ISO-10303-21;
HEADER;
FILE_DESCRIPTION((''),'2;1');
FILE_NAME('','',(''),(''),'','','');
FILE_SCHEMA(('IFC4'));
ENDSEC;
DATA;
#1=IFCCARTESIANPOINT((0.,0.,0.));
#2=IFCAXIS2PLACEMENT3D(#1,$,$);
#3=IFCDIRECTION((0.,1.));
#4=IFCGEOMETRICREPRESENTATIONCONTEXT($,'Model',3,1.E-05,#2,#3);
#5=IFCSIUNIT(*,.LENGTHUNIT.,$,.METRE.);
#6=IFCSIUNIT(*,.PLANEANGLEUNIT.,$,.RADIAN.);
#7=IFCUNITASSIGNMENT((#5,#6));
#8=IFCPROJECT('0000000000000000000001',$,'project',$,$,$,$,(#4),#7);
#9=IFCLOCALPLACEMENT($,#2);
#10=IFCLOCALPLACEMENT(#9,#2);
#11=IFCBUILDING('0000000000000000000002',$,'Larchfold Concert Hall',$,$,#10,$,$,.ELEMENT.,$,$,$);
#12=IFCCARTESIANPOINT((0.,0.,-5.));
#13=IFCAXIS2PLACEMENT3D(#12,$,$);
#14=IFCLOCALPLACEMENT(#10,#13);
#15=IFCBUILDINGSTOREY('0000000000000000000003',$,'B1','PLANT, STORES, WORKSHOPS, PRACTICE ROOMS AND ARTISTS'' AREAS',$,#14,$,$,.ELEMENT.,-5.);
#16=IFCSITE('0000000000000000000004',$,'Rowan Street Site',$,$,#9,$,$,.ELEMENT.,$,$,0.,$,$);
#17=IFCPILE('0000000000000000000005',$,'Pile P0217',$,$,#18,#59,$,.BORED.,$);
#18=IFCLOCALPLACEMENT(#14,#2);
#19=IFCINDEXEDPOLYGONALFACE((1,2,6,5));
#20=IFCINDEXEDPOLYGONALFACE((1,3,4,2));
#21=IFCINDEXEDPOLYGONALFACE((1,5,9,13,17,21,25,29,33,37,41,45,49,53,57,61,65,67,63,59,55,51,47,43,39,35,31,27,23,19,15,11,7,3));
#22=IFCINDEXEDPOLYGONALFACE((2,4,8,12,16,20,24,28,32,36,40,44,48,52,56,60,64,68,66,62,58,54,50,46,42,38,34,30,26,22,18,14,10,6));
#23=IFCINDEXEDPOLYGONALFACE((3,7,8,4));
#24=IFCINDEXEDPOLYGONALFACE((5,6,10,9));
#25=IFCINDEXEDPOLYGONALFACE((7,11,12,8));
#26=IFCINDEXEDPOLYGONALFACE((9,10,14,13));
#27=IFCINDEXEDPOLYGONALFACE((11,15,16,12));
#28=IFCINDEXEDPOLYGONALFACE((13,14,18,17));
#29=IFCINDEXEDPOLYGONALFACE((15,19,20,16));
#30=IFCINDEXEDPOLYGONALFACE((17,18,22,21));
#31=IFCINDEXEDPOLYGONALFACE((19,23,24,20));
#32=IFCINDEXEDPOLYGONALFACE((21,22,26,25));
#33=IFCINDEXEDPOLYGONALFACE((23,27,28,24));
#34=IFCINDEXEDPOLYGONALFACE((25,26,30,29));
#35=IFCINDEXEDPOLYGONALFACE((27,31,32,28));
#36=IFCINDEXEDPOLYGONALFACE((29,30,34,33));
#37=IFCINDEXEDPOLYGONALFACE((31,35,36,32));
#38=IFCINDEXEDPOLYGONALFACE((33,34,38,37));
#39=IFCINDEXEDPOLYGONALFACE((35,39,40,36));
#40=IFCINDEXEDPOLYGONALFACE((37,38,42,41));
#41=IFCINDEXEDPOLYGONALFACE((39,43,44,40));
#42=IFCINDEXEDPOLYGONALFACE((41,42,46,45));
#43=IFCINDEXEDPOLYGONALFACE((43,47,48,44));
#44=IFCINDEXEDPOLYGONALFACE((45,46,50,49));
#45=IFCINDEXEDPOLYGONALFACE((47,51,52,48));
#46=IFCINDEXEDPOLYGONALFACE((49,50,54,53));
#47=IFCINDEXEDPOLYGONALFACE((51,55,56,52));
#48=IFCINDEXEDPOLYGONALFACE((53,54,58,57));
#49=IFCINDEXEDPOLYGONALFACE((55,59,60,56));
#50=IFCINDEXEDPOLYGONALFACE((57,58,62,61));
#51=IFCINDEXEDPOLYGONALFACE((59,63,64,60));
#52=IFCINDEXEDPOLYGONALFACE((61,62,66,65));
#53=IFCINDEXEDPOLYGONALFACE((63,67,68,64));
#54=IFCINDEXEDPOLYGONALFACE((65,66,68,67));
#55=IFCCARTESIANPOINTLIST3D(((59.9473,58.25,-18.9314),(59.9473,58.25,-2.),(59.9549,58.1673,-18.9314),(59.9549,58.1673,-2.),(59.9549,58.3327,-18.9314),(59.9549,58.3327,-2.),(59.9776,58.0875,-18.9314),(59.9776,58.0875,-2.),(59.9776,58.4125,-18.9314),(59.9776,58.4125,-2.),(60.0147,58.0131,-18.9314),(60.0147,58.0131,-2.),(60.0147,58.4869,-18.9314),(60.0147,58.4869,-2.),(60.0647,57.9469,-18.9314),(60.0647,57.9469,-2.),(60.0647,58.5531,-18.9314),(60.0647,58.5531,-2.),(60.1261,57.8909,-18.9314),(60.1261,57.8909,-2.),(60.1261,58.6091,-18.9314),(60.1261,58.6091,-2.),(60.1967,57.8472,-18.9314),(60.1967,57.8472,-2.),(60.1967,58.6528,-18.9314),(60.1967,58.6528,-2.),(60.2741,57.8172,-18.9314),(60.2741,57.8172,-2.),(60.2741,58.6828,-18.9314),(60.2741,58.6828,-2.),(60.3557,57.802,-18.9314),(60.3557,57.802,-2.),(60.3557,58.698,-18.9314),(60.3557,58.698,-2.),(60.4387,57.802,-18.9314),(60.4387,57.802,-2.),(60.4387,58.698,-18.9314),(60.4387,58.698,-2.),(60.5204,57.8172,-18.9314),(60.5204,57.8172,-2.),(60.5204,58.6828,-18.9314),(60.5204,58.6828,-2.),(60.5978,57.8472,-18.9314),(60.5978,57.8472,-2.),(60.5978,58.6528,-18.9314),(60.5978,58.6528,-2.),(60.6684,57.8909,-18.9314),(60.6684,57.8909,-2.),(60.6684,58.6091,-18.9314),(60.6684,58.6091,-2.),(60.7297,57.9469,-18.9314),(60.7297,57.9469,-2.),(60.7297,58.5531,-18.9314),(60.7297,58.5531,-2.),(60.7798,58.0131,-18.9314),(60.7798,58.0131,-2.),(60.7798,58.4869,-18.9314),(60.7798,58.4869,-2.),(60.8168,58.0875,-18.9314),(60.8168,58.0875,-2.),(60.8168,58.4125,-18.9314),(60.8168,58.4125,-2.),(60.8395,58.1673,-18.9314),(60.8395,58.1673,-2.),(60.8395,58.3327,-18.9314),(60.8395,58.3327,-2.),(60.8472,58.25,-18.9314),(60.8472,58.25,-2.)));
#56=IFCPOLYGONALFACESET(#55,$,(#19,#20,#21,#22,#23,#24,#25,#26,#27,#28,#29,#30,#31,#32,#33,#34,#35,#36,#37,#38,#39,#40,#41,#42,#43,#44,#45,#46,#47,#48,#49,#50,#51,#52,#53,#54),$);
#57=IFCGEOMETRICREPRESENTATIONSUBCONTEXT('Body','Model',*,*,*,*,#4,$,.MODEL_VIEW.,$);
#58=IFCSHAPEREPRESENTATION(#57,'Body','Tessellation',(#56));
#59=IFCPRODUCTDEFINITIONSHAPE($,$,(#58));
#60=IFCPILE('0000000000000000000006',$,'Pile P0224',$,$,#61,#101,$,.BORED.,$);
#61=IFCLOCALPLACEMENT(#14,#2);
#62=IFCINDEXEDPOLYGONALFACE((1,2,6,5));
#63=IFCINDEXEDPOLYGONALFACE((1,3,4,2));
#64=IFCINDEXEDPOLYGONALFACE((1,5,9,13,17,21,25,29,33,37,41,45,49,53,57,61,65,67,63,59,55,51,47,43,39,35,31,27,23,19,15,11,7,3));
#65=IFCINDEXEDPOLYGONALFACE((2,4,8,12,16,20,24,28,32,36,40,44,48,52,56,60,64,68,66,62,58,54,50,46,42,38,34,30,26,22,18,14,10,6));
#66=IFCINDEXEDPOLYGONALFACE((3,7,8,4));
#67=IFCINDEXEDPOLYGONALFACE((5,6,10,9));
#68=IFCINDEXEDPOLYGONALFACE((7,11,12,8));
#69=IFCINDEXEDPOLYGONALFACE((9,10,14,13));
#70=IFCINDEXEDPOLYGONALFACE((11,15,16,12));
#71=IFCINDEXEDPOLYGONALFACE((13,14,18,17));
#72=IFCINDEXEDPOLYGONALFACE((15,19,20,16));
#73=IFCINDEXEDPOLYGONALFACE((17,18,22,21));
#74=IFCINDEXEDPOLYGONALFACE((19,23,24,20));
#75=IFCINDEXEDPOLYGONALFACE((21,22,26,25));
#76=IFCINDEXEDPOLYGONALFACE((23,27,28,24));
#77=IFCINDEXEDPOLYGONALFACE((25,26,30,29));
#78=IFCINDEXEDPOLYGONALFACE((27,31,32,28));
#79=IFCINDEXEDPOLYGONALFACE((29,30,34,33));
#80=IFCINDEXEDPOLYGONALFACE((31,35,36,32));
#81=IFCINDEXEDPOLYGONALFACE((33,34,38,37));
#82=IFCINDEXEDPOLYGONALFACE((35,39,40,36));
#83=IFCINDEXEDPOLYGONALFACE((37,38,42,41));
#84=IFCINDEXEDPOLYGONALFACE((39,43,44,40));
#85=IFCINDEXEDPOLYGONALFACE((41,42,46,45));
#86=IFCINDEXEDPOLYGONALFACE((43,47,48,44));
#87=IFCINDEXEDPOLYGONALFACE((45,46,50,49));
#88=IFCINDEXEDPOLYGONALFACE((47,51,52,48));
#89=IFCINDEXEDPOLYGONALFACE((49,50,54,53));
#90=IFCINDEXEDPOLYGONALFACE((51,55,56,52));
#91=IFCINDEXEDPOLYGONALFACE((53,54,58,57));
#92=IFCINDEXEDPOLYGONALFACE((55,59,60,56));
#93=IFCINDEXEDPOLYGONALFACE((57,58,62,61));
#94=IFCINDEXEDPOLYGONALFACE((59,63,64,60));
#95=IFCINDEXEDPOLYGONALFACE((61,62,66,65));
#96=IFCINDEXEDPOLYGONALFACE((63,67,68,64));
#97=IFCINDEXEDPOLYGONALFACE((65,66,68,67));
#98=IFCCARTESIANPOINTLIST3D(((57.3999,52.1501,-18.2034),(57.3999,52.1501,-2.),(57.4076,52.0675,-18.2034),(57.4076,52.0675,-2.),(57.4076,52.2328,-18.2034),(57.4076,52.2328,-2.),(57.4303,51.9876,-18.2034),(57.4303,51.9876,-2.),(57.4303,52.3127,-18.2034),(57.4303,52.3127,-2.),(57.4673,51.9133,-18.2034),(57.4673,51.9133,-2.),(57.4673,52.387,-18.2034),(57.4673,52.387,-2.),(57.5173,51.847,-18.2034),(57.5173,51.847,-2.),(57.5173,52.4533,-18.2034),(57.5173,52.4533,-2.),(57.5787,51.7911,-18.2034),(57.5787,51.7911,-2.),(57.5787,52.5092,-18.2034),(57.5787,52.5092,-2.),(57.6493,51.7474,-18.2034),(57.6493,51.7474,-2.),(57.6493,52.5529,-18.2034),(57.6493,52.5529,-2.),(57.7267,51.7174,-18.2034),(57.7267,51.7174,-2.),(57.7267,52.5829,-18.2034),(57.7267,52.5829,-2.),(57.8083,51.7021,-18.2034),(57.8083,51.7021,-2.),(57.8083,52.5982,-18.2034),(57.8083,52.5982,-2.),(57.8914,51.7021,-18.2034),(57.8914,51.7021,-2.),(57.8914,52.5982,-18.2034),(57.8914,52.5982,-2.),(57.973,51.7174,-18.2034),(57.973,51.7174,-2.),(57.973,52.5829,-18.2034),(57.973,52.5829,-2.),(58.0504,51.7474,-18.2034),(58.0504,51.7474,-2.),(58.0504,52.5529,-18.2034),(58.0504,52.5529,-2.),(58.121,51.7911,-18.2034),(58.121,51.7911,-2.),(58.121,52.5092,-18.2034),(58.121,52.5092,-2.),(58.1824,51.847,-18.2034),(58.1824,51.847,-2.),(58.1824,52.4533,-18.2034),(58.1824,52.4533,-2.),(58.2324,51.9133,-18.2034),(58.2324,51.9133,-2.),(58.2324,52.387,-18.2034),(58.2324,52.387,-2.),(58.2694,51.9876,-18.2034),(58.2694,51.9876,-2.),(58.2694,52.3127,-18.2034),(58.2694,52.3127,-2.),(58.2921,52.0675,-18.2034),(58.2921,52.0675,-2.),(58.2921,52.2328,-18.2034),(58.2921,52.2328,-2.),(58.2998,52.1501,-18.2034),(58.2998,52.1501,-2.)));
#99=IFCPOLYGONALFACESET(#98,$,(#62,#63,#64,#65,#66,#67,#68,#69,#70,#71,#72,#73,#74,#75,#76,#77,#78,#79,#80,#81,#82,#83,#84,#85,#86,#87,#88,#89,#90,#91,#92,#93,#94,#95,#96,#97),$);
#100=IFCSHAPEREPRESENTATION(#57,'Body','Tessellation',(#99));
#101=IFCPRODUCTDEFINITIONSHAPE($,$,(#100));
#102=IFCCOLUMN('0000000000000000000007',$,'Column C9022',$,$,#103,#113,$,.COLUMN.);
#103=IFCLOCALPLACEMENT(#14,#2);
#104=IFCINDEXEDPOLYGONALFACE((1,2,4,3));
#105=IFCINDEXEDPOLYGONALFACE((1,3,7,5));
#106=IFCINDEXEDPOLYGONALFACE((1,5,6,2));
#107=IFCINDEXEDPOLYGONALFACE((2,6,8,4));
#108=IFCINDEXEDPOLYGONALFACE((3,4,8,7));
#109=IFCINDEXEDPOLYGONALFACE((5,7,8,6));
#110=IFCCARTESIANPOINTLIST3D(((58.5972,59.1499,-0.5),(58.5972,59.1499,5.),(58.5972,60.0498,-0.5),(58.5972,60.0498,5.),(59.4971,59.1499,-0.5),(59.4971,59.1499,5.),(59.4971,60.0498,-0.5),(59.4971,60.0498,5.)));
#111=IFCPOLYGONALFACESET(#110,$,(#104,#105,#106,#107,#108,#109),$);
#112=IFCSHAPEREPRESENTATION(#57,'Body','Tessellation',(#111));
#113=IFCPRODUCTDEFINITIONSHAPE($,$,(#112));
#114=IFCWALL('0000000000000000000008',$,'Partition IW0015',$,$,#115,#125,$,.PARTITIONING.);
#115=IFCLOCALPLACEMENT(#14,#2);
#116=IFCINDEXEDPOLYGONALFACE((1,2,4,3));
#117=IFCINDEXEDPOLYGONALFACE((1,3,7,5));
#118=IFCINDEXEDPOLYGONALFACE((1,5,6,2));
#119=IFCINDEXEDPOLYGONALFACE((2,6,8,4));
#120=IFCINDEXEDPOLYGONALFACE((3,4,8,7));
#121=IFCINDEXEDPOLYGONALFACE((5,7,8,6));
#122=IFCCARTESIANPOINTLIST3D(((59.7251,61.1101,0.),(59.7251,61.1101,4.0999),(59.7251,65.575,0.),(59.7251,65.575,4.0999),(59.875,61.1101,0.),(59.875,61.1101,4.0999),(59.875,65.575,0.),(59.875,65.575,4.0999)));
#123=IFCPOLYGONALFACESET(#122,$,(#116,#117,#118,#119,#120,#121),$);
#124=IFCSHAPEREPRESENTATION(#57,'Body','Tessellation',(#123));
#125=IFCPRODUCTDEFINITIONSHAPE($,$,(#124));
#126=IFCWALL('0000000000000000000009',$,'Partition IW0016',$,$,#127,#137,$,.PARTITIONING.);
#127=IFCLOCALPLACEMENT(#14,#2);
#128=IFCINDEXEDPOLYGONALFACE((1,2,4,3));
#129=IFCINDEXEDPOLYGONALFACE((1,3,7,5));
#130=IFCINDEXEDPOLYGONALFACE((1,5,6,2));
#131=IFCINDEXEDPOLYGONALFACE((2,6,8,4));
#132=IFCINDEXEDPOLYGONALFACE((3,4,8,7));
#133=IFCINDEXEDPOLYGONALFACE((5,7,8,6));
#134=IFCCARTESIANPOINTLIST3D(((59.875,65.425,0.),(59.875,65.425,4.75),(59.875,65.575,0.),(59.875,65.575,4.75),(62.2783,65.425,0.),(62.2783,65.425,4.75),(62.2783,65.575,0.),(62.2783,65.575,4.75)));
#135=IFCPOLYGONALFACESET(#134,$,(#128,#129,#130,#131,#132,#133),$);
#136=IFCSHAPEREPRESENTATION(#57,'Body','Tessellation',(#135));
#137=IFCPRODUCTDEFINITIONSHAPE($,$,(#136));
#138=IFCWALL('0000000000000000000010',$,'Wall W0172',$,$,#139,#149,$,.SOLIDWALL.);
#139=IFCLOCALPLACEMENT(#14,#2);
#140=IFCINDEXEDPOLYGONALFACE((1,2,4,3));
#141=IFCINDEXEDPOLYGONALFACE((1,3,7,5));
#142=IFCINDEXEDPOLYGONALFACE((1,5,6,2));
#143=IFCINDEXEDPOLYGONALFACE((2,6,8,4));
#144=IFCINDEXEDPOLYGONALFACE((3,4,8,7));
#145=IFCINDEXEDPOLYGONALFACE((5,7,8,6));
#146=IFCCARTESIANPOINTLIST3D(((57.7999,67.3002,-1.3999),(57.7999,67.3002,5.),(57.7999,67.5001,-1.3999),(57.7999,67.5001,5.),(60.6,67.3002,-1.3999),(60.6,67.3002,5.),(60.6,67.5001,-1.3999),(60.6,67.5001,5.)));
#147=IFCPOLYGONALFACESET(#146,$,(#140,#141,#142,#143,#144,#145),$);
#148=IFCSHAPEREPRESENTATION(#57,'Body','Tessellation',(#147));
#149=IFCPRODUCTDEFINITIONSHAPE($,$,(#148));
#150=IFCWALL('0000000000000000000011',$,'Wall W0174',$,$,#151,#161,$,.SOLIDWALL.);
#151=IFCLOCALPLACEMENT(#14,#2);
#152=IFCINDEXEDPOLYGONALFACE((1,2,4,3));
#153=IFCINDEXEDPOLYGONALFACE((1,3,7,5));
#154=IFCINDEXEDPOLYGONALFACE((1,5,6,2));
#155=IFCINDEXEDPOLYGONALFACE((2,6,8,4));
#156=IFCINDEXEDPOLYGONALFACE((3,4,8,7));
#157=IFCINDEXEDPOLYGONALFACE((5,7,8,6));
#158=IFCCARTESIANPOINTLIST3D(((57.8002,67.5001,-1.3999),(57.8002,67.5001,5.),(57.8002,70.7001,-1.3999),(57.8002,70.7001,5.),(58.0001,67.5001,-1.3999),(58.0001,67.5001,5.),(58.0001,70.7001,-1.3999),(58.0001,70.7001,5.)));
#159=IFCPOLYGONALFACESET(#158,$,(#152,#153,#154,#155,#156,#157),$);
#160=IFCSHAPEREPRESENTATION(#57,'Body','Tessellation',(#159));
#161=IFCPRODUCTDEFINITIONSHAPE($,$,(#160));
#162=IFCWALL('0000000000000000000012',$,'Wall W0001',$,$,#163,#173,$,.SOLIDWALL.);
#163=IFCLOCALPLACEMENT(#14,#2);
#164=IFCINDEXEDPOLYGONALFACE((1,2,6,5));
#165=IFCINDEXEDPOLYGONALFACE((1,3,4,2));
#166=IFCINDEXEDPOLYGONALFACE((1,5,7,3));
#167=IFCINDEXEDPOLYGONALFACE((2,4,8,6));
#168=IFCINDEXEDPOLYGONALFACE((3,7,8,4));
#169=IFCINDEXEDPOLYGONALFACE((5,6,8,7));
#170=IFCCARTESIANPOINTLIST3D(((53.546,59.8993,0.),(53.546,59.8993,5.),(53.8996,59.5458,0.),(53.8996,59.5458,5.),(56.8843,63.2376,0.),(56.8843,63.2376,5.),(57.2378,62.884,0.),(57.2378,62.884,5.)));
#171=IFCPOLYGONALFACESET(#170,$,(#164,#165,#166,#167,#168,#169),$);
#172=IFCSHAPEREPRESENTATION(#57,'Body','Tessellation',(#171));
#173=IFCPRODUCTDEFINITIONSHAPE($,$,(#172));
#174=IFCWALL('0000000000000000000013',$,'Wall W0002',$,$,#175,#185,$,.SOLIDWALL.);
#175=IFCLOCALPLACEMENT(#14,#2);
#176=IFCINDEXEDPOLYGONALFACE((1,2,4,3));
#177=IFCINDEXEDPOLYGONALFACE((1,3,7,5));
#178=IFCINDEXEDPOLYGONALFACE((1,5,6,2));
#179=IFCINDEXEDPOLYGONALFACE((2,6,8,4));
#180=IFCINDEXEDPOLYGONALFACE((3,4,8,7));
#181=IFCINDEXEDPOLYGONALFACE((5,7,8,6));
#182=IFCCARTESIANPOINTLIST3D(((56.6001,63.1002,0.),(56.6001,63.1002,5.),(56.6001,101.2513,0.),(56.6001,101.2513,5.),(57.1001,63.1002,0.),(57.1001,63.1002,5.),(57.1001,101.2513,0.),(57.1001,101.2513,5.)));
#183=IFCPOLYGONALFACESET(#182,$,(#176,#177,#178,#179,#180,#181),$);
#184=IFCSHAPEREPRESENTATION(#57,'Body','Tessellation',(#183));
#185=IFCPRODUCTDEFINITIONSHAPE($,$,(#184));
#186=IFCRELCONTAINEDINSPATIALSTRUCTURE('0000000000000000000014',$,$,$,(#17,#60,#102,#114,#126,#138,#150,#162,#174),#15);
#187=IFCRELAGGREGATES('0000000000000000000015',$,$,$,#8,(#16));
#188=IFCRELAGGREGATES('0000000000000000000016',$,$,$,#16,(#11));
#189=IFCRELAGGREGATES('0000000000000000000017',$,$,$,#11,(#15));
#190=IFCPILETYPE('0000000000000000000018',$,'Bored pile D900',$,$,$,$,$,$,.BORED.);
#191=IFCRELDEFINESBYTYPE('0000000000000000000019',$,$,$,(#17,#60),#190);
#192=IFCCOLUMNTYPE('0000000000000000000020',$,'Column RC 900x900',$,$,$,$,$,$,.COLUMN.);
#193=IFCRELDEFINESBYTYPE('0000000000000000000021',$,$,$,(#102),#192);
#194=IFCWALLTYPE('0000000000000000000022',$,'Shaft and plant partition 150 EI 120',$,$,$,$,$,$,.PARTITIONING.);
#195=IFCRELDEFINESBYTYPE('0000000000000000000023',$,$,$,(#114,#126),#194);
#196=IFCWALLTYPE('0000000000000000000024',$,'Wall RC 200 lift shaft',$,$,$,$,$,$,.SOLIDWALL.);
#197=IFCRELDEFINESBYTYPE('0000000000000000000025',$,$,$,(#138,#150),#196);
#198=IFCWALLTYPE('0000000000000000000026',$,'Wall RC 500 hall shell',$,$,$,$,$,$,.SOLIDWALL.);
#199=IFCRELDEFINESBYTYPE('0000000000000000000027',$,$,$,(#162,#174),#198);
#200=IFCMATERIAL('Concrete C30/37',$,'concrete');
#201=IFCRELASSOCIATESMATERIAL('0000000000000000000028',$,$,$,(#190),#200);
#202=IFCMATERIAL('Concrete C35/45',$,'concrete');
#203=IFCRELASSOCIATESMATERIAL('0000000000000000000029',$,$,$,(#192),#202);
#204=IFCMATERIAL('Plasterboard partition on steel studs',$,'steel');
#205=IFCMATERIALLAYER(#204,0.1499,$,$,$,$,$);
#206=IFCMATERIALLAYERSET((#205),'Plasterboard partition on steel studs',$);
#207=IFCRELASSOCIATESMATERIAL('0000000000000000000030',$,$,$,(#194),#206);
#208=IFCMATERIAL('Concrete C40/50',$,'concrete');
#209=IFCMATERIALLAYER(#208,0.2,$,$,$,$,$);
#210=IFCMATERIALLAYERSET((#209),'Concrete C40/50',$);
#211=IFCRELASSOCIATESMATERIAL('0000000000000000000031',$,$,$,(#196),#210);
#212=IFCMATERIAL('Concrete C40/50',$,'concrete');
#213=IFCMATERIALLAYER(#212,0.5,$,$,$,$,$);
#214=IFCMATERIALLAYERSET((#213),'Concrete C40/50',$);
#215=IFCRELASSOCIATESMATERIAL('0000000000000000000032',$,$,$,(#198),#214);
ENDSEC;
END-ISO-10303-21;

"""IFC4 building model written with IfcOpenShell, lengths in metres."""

from ifc_helpers import new_model, si_unit, direction, frame, frame_2d, origin, origin_2d, place, context, subcontext, project, spatial, rectangle, circle, extrude, material, layer, layer_set, material_profile, profile_set, type_object, element, save


model = new_model("IFC4")

# Units and contexts
model_context = context("Model", 3, precision=1e-05, world=origin(), true_north=direction((0.0, 1.0)))
body_context = subcontext(model_context, "Body", "Model", "MODEL_VIEW")
ifc_project = project(units=[si_unit("LENGTHUNIT", "METRE"), si_unit("PLANEANGLEUNIT", "RADIAN")], contexts=[model_context])

# Site, building, storey
site_placement = place(None, origin())
site = spatial("IfcSite", under=ifc_project, at=site_placement, Name="Rowan Street Site", CompositionType="ELEMENT", RefElevation=0.0)
building_placement = place(site_placement, origin())
building = spatial("IfcBuilding", under=site, at=building_placement, Name="Larchfold Concert Hall", CompositionType="ELEMENT")
storey_placement = place(building_placement, frame((0.0, 0.0, -5.0)))
storey = spatial("IfcBuildingStorey", under=building, at=storey_placement, Name="B1", Description="PLANT, STORES, WORKSHOPS, PRACTICE ROOMS AND ARTISTS' AREAS", CompositionType="ELEMENT", Elevation=-5.0)

# Piles
ifc_material_1 = material(Name="Concrete C30/37", Category="concrete")
ifc_material_profile_1 = material_profile(ifc_material_1, circle(Radius=0.45, at=origin_2d()))
ifc_profile_set_1 = profile_set([ifc_material_profile_1], Name="Concrete C30/37")
pile_type_1 = type_object("IfcPileType", Name="Bored pile D900", PredefinedType="BORED", material=ifc_profile_set_1)
for number, where, z_axis, x_axis, name in (
    (1, (60.3972, 58.25, -2.0), (0.0, 0.0, -1.0), (1.0, 0.0, 0.0), "Pile P0217"),
):
    element("IfcPile", number, at=place(storey_placement, frame(where, z_axis=z_axis, x_axis=x_axis)), inside=storey, type_object=pile_type_1, Name=name, PredefinedType="BORED", context=body_context, shape_type="SweptSolid", body=[
        extrude(circle(Radius=0.45, at=origin_2d()), origin(), (0.0, 0.0, 1.0), 16.9314),
    ])
pile_1_placement = place(storey_placement, frame((57.8499, 52.1501, -2.0), z_axis=(0.0, 0.0, -1.0), x_axis=(1.0, 0.0, 0.0)))
element("IfcPile", 2, at=pile_1_placement, inside=storey, type_object=pile_type_1, Name="Pile P0224", PredefinedType="BORED", context=body_context, shape_type="SweptSolid", body=[
    extrude(circle(Radius=0.45, at=origin_2d()), origin(), (0.0, 0.0, 1.0), 16.2034),
])

# Column
ifc_material_2 = material(Name="Concrete C35/45", Category="concrete")
ifc_material_profile_2 = material_profile(ifc_material_2, rectangle(XDim=0.8999, YDim=0.8999, at=origin_2d()))
ifc_profile_set_2 = profile_set([ifc_material_profile_2], Name="Concrete C35/45")
column_type = type_object("IfcColumnType", Name="Column RC 900x900", PredefinedType="COLUMN", material=ifc_profile_set_2)
column_placement = place(storey_placement, frame((59.0471, 59.5999, -0.5), z_axis=(0.0, 0.0, 1.0), x_axis=(1.0, 0.0, 0.0)))
element("IfcColumn", 3, at=column_placement, inside=storey, type_object=column_type, Name="Column C9022", PredefinedType="COLUMN", context=body_context, shape_type="SweptSolid", body=[
    extrude(rectangle(XDim=0.8999, YDim=0.8999, at=origin_2d()), origin(), (0.0, 0.0, 1.0), 5.5),
])

# Walls
ifc_material_3 = material(Name="Plasterboard partition on steel studs", Category="steel")
ifc_layer_1 = layer(ifc_material_3, 0.1499)
ifc_layer_set_1 = layer_set([ifc_layer_1], Name="Plasterboard partition on steel studs")
wall_type_1 = type_object("IfcWallType", Name="Shaft and plant partition 150 EI 120", PredefinedType="PARTITIONING", material=ifc_layer_set_1)
wall_1_placement = place(storey_placement, frame((59.8, 61.1101, 0.0), z_axis=(0.0, 0.0, 1.0), x_axis=(0.0, 1.0, 0.0)))
element("IfcWall", 4, at=wall_1_placement, inside=storey, type_object=wall_type_1, Name="Partition IW0015", PredefinedType="PARTITIONING", context=body_context, shape_type="SweptSolid", body=[
    extrude(rectangle(XDim=4.4648, YDim=0.1499, at=frame_2d((2.2324, 0.0))), origin(), (0.0, 0.0, 1.0), 4.0999),
])
wall_2_placement = place(storey_placement, frame((59.875, 65.5, 0.0), z_axis=(0.0, 0.0, 1.0), x_axis=(1.0, 0.0, 0.0)))
element("IfcWall", 5, at=wall_2_placement, inside=storey, type_object=wall_type_1, Name="Partition IW0016", PredefinedType="PARTITIONING", context=body_context, shape_type="SweptSolid", body=[
    extrude(rectangle(XDim=2.4033, YDim=0.1499, at=frame_2d((1.2017, 0.0))), origin(), (0.0, 0.0, 1.0), 4.75),
])
ifc_material_4 = material(Name="Concrete C40/50", Category="concrete")
ifc_layer_2 = layer(ifc_material_4, 0.2)
ifc_layer_set_2 = layer_set([ifc_layer_2], Name="Concrete C40/50")
wall_type_2 = type_object("IfcWallType", Name="Wall RC 200 lift shaft", PredefinedType="SOLIDWALL", material=ifc_layer_set_2)
wall_3_placement = place(storey_placement, frame((57.8, 67.4001, -1.3999), z_axis=(0.0, 0.0, 1.0), x_axis=(1.0, 0.0, 0.0)))
element("IfcWall", 6, at=wall_3_placement, inside=storey, type_object=wall_type_2, Name="Wall W0172", PredefinedType="SOLIDWALL", context=body_context, shape_type="SweptSolid", body=[
    extrude(rectangle(XDim=2.8, YDim=0.2, at=frame_2d((1.3999, 0.0))), origin(), (0.0, 0.0, 1.0), 6.3999),
])
wall_4_placement = place(storey_placement, frame((57.9001, 67.5, -1.3999), z_axis=(0.0, 0.0, 1.0), x_axis=(0.0, 1.0, 0.0)))
element("IfcWall", 7, at=wall_4_placement, inside=storey, type_object=wall_type_2, Name="Wall W0174", PredefinedType="SOLIDWALL", context=body_context, shape_type="SweptSolid", body=[
    extrude(rectangle(XDim=3.2, YDim=0.2, at=frame_2d((1.6001, 0.0))), origin(), (0.0, 0.0, 1.0), 6.3999),
])
ifc_material_5 = material(Name="Concrete C40/50", Category="concrete")
ifc_layer_3 = layer(ifc_material_5, 0.5)
ifc_layer_set_3 = layer_set([ifc_layer_3], Name="Concrete C40/50")
wall_type_3 = type_object("IfcWallType", Name="Wall RC 500 hall shell", PredefinedType="SOLIDWALL", material=ifc_layer_set_3)
wall_5_placement = place(storey_placement, frame((53.7229, 59.7227, 0.0), z_axis=(0.0, 0.0, 1.0), x_axis=(0.707107, 0.707107, 0.0)))
element("IfcWall", 8, at=wall_5_placement, inside=storey, type_object=wall_type_3, Name="Wall W0001", PredefinedType="SOLIDWALL", context=body_context, shape_type="SweptSolid", body=[
    extrude(rectangle(XDim=4.7209, YDim=0.5, at=frame_2d((2.3604, 0.0))), origin(), (0.0, 0.0, 1.0), 5.0),
])
wall_6_placement = place(storey_placement, frame((56.8501, 63.1001, 0.0), z_axis=(0.0, 0.0, 1.0), x_axis=(0.0, 1.0, 0.0)))
element("IfcWall", 9, at=wall_6_placement, inside=storey, type_object=wall_type_3, Name="Wall W0002", PredefinedType="SOLIDWALL", context=body_context, shape_type="SweptSolid", body=[
    extrude(rectangle(XDim=38.1511, YDim=0.5, at=frame_2d((19.0757, 0.0))), origin(), (0.0, 0.0, 1.0), 5.0),
])

save(model, "model.ifc")
